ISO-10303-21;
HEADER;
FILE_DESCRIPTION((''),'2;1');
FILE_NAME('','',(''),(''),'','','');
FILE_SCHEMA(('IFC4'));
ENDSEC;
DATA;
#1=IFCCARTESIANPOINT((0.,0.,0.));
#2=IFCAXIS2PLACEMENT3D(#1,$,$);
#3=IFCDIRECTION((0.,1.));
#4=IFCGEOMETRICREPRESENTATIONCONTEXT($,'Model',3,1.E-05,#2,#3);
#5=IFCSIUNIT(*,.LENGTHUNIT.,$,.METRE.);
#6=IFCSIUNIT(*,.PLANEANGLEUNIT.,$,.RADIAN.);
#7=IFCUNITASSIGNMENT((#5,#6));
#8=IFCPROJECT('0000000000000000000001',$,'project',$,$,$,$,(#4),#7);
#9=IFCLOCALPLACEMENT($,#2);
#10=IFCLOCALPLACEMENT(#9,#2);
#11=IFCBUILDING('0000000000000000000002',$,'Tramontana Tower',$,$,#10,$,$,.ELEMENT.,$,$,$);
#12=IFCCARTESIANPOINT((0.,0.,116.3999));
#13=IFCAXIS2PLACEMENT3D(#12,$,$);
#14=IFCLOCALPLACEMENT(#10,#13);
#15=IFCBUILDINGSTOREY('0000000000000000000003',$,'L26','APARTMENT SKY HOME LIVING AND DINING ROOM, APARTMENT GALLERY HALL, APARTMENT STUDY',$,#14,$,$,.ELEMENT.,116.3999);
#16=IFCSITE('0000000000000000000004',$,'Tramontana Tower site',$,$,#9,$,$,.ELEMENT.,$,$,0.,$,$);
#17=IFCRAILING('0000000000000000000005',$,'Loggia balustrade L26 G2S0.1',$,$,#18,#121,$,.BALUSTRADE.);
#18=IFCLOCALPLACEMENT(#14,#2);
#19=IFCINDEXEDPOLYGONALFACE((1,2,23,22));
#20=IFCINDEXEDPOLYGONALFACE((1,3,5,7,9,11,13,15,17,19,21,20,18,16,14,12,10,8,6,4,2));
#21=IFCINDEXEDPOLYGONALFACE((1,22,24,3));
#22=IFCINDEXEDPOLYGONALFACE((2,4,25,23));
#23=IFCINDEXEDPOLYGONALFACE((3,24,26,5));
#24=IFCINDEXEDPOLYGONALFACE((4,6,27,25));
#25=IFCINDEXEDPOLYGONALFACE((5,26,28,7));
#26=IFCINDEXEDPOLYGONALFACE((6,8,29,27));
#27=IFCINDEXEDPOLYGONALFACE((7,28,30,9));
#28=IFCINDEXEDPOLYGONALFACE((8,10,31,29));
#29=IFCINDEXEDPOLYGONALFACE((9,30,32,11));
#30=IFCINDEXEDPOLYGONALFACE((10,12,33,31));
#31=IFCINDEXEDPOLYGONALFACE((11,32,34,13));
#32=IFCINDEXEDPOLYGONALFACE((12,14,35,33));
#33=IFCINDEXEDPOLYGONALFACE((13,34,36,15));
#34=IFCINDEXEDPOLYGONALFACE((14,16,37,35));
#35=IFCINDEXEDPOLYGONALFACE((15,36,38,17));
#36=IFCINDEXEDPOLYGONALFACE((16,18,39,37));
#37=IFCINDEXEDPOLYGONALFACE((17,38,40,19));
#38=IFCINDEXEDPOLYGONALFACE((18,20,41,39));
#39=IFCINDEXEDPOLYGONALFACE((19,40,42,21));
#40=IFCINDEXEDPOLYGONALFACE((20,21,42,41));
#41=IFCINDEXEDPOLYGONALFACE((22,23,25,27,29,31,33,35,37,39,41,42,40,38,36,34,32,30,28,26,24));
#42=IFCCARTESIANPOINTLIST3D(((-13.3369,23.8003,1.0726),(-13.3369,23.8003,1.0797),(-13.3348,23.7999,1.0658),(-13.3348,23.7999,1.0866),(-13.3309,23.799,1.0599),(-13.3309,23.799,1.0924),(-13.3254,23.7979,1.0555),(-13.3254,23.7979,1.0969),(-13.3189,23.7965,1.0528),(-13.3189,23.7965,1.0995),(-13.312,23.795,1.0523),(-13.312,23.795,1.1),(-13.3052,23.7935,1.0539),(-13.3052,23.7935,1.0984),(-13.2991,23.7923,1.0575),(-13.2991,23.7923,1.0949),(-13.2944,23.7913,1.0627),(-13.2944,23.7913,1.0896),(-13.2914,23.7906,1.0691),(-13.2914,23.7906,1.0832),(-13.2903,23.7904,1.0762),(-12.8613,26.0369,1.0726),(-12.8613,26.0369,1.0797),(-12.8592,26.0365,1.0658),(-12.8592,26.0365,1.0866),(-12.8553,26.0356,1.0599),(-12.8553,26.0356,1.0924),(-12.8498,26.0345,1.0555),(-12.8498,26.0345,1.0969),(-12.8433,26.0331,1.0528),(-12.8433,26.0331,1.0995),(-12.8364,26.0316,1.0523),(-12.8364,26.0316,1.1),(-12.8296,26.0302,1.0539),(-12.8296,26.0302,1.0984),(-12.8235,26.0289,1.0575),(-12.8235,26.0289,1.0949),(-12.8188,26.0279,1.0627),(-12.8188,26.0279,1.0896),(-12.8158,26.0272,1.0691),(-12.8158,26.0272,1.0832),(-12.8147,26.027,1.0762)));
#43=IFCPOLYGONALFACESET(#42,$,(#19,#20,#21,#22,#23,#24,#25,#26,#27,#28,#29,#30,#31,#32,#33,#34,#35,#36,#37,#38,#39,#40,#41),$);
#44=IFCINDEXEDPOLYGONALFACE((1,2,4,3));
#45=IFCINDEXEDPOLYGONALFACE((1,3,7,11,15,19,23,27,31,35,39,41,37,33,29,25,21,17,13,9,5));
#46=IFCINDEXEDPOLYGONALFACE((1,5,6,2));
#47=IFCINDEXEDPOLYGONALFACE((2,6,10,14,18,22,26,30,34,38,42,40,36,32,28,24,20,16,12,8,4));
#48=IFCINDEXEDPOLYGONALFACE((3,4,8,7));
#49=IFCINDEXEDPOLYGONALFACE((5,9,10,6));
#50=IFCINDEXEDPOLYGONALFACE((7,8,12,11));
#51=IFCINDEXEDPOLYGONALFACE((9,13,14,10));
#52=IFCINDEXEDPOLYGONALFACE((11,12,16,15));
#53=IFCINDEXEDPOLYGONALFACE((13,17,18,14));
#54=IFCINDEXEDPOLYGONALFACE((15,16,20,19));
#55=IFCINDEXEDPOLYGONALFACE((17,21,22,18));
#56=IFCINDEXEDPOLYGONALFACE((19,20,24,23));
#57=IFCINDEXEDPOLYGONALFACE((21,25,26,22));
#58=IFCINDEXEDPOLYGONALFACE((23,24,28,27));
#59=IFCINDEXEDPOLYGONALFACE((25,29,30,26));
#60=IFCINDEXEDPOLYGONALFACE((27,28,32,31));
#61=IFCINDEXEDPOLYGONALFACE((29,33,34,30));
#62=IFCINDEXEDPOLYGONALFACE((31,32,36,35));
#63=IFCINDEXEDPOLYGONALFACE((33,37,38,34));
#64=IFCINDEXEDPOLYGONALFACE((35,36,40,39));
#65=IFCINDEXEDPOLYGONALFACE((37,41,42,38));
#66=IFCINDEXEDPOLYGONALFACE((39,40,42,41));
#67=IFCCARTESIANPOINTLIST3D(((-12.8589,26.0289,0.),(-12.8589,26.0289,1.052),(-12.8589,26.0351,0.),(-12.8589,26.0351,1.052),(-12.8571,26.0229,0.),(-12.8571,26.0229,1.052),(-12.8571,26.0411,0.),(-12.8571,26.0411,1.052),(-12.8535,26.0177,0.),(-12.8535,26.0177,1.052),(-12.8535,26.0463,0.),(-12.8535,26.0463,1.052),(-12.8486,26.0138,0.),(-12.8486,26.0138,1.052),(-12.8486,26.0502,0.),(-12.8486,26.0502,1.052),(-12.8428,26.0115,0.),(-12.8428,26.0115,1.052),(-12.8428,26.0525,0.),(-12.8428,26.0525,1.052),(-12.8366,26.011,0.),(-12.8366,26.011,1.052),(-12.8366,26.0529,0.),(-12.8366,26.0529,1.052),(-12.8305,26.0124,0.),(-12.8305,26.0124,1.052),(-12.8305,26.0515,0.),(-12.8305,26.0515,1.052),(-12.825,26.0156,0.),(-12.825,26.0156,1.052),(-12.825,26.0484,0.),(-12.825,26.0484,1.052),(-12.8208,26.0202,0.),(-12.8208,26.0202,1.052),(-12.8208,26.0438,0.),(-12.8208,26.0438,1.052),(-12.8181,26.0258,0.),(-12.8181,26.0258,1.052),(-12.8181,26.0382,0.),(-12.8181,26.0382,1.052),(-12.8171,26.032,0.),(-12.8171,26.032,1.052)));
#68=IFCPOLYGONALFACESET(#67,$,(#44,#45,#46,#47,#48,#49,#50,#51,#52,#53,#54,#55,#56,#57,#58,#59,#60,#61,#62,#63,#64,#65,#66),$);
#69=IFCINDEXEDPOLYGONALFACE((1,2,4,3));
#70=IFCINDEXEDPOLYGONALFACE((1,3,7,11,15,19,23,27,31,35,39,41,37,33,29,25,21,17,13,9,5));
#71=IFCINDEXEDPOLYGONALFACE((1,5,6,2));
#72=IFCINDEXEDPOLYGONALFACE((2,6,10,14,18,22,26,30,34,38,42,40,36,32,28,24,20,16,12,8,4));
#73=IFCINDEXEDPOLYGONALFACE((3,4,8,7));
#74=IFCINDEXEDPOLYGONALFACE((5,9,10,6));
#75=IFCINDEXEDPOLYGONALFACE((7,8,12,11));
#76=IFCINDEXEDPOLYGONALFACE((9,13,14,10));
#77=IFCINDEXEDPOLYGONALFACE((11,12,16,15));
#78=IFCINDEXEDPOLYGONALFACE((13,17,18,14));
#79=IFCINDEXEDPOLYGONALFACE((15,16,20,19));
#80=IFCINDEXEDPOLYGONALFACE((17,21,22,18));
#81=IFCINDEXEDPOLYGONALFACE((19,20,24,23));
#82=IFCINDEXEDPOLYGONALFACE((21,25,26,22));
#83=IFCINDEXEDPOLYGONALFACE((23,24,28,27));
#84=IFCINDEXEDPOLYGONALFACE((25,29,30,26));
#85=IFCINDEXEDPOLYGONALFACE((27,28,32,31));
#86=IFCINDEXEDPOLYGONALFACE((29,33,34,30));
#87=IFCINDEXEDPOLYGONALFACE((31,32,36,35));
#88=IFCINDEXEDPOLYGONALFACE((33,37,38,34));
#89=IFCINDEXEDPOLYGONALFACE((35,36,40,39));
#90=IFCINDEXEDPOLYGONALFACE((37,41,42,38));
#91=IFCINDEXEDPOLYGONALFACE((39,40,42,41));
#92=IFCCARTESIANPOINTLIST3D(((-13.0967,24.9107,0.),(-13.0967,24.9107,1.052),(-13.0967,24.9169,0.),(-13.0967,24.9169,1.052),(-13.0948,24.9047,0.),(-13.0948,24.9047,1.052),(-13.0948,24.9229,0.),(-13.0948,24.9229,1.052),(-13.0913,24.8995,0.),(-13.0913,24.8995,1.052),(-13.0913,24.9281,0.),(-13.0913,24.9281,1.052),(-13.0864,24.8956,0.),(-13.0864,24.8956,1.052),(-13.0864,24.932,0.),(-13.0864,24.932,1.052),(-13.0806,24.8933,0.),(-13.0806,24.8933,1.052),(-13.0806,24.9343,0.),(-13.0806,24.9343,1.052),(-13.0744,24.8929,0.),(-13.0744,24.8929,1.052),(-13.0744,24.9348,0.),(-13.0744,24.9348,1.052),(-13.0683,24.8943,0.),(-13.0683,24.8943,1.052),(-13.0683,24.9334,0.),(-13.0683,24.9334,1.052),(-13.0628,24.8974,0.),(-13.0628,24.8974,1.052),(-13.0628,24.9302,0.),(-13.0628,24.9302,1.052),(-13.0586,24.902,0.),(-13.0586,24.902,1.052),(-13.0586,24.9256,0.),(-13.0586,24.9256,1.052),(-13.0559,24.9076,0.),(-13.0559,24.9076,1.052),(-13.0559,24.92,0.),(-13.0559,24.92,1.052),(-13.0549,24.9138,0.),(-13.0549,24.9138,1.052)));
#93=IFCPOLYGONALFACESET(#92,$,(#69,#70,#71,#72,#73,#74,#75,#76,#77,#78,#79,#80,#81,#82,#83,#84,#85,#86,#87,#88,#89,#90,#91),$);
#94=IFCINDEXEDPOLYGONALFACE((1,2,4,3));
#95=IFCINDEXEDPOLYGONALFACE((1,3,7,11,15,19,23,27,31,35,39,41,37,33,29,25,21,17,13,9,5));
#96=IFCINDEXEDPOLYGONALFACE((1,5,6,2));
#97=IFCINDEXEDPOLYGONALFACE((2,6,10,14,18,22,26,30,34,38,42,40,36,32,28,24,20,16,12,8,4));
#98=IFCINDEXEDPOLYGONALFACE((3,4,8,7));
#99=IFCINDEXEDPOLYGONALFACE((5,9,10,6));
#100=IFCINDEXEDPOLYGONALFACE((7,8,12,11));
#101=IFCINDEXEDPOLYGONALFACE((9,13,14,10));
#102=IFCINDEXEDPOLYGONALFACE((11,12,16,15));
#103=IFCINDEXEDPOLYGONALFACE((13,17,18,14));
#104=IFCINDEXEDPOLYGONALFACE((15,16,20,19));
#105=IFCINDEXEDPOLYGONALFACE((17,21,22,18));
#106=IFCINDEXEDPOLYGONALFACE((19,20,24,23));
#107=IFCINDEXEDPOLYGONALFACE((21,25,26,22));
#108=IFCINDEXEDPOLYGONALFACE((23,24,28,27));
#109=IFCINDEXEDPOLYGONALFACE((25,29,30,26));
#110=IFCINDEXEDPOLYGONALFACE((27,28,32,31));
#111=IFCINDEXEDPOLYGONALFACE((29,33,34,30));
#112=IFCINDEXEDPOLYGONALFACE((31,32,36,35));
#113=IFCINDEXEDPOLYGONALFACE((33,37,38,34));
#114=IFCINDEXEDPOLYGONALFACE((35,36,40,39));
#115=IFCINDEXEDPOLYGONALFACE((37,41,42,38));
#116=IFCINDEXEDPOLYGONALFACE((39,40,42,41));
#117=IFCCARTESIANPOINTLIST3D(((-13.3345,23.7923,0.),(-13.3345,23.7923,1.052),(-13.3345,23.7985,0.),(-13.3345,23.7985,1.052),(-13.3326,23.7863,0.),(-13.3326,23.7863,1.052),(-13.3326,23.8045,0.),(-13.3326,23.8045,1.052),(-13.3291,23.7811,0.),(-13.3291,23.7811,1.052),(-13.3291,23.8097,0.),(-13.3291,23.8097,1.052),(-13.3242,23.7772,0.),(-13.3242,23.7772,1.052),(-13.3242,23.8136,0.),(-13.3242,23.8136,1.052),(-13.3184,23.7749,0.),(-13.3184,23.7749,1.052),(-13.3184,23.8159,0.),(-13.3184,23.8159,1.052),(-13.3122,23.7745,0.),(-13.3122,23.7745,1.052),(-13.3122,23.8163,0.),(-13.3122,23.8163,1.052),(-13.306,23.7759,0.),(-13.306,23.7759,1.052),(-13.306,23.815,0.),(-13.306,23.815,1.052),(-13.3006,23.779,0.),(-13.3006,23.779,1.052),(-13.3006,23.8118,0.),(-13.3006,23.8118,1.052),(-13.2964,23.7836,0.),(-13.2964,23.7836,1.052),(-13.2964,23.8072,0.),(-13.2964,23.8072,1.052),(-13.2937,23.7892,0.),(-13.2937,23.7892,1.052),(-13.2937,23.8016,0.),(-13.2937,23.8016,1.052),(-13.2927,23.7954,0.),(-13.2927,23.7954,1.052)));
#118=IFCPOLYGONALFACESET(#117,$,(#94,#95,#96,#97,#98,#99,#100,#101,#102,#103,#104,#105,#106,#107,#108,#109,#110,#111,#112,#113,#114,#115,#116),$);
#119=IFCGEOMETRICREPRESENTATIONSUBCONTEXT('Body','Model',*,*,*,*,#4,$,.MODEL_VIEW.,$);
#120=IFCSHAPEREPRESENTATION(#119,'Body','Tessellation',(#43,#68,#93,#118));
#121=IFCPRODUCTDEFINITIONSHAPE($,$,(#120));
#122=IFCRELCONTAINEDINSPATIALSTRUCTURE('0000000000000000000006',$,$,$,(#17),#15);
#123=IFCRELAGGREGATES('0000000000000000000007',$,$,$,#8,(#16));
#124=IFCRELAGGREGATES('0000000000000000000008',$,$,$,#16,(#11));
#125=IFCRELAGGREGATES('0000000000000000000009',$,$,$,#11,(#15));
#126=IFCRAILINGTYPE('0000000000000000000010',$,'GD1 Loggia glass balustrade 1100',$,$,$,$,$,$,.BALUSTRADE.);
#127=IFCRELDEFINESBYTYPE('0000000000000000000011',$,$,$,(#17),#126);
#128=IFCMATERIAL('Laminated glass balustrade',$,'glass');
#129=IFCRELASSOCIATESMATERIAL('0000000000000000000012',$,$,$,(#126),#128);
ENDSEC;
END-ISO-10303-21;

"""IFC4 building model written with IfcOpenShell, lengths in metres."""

from ifc_helpers import new_model, si_unit, direction, frame, origin, origin_2d, place, context, subcontext, project, spatial, circle, extrude, material, type_object, element, save


model = new_model("IFC4")

# Units and contexts
model_context = context("Model", 3, precision=1e-05, world=origin(), true_north=direction((0.0, 1.0)))
body_context = subcontext(model_context, "Body", "Model", "MODEL_VIEW")
ifc_project = project(units=[si_unit("LENGTHUNIT", "METRE"), si_unit("PLANEANGLEUNIT", "RADIAN")], contexts=[model_context])

# Site, building, storey
site_placement = place(None, origin())
site = spatial("IfcSite", under=ifc_project, at=site_placement, Name="Tramontana Tower site", CompositionType="ELEMENT", RefElevation=0.0)
building_placement = place(site_placement, origin())
building = spatial("IfcBuilding", under=site, at=building_placement, Name="Tramontana Tower", CompositionType="ELEMENT")
storey_placement = place(building_placement, frame((0.0, 0.0, 116.3999)))
storey = spatial("IfcBuildingStorey", under=building, at=storey_placement, Name="L26", Description="APARTMENT SKY HOME LIVING AND DINING ROOM, APARTMENT GALLERY HALL, APARTMENT STUDY", CompositionType="ELEMENT", Elevation=116.3999)

# Railing
ifc_material_1 = material(Name="Laminated glass balustrade", Category="glass")
railing_type = type_object("IfcRailingType", Name="GD1 Loggia glass balustrade 1100", PredefinedType="BALUSTRADE", material=ifc_material_1)
railing_1_placement = place(storey_placement, frame((-12.8381, 26.032, 0.0)))
element("IfcRailing", 1, at=railing_1_placement, inside=storey, type_object=railing_type, Name="Loggia balustrade L26 G2S0.1", PredefinedType="BALUSTRADE", context=body_context, shape_type="SweptSolid", body=[
    extrude(circle(Radius=0.0239, at=origin_2d()), frame((0.0, 0.0, 1.0762), z_axis=(-0.20799, -0.978131, 0.0), x_axis=(0.978131, -0.20799, 0.0)), (0.0, 0.0, 1.0), 2.2866),
    extrude(circle(Radius=0.021, at=origin_2d()), origin(), (0.0, 0.0, 1.0), 1.052),
    extrude(circle(Radius=0.021, at=origin_2d()), frame((-0.2378, -1.1182, 0.0)), (0.0, 0.0, 1.0), 1.052),
    extrude(circle(Radius=0.021, at=origin_2d()), frame((-0.4756, -2.2366, 0.0)), (0.0, 0.0, 1.0), 1.052),
])

save(model, "model.ifc")
